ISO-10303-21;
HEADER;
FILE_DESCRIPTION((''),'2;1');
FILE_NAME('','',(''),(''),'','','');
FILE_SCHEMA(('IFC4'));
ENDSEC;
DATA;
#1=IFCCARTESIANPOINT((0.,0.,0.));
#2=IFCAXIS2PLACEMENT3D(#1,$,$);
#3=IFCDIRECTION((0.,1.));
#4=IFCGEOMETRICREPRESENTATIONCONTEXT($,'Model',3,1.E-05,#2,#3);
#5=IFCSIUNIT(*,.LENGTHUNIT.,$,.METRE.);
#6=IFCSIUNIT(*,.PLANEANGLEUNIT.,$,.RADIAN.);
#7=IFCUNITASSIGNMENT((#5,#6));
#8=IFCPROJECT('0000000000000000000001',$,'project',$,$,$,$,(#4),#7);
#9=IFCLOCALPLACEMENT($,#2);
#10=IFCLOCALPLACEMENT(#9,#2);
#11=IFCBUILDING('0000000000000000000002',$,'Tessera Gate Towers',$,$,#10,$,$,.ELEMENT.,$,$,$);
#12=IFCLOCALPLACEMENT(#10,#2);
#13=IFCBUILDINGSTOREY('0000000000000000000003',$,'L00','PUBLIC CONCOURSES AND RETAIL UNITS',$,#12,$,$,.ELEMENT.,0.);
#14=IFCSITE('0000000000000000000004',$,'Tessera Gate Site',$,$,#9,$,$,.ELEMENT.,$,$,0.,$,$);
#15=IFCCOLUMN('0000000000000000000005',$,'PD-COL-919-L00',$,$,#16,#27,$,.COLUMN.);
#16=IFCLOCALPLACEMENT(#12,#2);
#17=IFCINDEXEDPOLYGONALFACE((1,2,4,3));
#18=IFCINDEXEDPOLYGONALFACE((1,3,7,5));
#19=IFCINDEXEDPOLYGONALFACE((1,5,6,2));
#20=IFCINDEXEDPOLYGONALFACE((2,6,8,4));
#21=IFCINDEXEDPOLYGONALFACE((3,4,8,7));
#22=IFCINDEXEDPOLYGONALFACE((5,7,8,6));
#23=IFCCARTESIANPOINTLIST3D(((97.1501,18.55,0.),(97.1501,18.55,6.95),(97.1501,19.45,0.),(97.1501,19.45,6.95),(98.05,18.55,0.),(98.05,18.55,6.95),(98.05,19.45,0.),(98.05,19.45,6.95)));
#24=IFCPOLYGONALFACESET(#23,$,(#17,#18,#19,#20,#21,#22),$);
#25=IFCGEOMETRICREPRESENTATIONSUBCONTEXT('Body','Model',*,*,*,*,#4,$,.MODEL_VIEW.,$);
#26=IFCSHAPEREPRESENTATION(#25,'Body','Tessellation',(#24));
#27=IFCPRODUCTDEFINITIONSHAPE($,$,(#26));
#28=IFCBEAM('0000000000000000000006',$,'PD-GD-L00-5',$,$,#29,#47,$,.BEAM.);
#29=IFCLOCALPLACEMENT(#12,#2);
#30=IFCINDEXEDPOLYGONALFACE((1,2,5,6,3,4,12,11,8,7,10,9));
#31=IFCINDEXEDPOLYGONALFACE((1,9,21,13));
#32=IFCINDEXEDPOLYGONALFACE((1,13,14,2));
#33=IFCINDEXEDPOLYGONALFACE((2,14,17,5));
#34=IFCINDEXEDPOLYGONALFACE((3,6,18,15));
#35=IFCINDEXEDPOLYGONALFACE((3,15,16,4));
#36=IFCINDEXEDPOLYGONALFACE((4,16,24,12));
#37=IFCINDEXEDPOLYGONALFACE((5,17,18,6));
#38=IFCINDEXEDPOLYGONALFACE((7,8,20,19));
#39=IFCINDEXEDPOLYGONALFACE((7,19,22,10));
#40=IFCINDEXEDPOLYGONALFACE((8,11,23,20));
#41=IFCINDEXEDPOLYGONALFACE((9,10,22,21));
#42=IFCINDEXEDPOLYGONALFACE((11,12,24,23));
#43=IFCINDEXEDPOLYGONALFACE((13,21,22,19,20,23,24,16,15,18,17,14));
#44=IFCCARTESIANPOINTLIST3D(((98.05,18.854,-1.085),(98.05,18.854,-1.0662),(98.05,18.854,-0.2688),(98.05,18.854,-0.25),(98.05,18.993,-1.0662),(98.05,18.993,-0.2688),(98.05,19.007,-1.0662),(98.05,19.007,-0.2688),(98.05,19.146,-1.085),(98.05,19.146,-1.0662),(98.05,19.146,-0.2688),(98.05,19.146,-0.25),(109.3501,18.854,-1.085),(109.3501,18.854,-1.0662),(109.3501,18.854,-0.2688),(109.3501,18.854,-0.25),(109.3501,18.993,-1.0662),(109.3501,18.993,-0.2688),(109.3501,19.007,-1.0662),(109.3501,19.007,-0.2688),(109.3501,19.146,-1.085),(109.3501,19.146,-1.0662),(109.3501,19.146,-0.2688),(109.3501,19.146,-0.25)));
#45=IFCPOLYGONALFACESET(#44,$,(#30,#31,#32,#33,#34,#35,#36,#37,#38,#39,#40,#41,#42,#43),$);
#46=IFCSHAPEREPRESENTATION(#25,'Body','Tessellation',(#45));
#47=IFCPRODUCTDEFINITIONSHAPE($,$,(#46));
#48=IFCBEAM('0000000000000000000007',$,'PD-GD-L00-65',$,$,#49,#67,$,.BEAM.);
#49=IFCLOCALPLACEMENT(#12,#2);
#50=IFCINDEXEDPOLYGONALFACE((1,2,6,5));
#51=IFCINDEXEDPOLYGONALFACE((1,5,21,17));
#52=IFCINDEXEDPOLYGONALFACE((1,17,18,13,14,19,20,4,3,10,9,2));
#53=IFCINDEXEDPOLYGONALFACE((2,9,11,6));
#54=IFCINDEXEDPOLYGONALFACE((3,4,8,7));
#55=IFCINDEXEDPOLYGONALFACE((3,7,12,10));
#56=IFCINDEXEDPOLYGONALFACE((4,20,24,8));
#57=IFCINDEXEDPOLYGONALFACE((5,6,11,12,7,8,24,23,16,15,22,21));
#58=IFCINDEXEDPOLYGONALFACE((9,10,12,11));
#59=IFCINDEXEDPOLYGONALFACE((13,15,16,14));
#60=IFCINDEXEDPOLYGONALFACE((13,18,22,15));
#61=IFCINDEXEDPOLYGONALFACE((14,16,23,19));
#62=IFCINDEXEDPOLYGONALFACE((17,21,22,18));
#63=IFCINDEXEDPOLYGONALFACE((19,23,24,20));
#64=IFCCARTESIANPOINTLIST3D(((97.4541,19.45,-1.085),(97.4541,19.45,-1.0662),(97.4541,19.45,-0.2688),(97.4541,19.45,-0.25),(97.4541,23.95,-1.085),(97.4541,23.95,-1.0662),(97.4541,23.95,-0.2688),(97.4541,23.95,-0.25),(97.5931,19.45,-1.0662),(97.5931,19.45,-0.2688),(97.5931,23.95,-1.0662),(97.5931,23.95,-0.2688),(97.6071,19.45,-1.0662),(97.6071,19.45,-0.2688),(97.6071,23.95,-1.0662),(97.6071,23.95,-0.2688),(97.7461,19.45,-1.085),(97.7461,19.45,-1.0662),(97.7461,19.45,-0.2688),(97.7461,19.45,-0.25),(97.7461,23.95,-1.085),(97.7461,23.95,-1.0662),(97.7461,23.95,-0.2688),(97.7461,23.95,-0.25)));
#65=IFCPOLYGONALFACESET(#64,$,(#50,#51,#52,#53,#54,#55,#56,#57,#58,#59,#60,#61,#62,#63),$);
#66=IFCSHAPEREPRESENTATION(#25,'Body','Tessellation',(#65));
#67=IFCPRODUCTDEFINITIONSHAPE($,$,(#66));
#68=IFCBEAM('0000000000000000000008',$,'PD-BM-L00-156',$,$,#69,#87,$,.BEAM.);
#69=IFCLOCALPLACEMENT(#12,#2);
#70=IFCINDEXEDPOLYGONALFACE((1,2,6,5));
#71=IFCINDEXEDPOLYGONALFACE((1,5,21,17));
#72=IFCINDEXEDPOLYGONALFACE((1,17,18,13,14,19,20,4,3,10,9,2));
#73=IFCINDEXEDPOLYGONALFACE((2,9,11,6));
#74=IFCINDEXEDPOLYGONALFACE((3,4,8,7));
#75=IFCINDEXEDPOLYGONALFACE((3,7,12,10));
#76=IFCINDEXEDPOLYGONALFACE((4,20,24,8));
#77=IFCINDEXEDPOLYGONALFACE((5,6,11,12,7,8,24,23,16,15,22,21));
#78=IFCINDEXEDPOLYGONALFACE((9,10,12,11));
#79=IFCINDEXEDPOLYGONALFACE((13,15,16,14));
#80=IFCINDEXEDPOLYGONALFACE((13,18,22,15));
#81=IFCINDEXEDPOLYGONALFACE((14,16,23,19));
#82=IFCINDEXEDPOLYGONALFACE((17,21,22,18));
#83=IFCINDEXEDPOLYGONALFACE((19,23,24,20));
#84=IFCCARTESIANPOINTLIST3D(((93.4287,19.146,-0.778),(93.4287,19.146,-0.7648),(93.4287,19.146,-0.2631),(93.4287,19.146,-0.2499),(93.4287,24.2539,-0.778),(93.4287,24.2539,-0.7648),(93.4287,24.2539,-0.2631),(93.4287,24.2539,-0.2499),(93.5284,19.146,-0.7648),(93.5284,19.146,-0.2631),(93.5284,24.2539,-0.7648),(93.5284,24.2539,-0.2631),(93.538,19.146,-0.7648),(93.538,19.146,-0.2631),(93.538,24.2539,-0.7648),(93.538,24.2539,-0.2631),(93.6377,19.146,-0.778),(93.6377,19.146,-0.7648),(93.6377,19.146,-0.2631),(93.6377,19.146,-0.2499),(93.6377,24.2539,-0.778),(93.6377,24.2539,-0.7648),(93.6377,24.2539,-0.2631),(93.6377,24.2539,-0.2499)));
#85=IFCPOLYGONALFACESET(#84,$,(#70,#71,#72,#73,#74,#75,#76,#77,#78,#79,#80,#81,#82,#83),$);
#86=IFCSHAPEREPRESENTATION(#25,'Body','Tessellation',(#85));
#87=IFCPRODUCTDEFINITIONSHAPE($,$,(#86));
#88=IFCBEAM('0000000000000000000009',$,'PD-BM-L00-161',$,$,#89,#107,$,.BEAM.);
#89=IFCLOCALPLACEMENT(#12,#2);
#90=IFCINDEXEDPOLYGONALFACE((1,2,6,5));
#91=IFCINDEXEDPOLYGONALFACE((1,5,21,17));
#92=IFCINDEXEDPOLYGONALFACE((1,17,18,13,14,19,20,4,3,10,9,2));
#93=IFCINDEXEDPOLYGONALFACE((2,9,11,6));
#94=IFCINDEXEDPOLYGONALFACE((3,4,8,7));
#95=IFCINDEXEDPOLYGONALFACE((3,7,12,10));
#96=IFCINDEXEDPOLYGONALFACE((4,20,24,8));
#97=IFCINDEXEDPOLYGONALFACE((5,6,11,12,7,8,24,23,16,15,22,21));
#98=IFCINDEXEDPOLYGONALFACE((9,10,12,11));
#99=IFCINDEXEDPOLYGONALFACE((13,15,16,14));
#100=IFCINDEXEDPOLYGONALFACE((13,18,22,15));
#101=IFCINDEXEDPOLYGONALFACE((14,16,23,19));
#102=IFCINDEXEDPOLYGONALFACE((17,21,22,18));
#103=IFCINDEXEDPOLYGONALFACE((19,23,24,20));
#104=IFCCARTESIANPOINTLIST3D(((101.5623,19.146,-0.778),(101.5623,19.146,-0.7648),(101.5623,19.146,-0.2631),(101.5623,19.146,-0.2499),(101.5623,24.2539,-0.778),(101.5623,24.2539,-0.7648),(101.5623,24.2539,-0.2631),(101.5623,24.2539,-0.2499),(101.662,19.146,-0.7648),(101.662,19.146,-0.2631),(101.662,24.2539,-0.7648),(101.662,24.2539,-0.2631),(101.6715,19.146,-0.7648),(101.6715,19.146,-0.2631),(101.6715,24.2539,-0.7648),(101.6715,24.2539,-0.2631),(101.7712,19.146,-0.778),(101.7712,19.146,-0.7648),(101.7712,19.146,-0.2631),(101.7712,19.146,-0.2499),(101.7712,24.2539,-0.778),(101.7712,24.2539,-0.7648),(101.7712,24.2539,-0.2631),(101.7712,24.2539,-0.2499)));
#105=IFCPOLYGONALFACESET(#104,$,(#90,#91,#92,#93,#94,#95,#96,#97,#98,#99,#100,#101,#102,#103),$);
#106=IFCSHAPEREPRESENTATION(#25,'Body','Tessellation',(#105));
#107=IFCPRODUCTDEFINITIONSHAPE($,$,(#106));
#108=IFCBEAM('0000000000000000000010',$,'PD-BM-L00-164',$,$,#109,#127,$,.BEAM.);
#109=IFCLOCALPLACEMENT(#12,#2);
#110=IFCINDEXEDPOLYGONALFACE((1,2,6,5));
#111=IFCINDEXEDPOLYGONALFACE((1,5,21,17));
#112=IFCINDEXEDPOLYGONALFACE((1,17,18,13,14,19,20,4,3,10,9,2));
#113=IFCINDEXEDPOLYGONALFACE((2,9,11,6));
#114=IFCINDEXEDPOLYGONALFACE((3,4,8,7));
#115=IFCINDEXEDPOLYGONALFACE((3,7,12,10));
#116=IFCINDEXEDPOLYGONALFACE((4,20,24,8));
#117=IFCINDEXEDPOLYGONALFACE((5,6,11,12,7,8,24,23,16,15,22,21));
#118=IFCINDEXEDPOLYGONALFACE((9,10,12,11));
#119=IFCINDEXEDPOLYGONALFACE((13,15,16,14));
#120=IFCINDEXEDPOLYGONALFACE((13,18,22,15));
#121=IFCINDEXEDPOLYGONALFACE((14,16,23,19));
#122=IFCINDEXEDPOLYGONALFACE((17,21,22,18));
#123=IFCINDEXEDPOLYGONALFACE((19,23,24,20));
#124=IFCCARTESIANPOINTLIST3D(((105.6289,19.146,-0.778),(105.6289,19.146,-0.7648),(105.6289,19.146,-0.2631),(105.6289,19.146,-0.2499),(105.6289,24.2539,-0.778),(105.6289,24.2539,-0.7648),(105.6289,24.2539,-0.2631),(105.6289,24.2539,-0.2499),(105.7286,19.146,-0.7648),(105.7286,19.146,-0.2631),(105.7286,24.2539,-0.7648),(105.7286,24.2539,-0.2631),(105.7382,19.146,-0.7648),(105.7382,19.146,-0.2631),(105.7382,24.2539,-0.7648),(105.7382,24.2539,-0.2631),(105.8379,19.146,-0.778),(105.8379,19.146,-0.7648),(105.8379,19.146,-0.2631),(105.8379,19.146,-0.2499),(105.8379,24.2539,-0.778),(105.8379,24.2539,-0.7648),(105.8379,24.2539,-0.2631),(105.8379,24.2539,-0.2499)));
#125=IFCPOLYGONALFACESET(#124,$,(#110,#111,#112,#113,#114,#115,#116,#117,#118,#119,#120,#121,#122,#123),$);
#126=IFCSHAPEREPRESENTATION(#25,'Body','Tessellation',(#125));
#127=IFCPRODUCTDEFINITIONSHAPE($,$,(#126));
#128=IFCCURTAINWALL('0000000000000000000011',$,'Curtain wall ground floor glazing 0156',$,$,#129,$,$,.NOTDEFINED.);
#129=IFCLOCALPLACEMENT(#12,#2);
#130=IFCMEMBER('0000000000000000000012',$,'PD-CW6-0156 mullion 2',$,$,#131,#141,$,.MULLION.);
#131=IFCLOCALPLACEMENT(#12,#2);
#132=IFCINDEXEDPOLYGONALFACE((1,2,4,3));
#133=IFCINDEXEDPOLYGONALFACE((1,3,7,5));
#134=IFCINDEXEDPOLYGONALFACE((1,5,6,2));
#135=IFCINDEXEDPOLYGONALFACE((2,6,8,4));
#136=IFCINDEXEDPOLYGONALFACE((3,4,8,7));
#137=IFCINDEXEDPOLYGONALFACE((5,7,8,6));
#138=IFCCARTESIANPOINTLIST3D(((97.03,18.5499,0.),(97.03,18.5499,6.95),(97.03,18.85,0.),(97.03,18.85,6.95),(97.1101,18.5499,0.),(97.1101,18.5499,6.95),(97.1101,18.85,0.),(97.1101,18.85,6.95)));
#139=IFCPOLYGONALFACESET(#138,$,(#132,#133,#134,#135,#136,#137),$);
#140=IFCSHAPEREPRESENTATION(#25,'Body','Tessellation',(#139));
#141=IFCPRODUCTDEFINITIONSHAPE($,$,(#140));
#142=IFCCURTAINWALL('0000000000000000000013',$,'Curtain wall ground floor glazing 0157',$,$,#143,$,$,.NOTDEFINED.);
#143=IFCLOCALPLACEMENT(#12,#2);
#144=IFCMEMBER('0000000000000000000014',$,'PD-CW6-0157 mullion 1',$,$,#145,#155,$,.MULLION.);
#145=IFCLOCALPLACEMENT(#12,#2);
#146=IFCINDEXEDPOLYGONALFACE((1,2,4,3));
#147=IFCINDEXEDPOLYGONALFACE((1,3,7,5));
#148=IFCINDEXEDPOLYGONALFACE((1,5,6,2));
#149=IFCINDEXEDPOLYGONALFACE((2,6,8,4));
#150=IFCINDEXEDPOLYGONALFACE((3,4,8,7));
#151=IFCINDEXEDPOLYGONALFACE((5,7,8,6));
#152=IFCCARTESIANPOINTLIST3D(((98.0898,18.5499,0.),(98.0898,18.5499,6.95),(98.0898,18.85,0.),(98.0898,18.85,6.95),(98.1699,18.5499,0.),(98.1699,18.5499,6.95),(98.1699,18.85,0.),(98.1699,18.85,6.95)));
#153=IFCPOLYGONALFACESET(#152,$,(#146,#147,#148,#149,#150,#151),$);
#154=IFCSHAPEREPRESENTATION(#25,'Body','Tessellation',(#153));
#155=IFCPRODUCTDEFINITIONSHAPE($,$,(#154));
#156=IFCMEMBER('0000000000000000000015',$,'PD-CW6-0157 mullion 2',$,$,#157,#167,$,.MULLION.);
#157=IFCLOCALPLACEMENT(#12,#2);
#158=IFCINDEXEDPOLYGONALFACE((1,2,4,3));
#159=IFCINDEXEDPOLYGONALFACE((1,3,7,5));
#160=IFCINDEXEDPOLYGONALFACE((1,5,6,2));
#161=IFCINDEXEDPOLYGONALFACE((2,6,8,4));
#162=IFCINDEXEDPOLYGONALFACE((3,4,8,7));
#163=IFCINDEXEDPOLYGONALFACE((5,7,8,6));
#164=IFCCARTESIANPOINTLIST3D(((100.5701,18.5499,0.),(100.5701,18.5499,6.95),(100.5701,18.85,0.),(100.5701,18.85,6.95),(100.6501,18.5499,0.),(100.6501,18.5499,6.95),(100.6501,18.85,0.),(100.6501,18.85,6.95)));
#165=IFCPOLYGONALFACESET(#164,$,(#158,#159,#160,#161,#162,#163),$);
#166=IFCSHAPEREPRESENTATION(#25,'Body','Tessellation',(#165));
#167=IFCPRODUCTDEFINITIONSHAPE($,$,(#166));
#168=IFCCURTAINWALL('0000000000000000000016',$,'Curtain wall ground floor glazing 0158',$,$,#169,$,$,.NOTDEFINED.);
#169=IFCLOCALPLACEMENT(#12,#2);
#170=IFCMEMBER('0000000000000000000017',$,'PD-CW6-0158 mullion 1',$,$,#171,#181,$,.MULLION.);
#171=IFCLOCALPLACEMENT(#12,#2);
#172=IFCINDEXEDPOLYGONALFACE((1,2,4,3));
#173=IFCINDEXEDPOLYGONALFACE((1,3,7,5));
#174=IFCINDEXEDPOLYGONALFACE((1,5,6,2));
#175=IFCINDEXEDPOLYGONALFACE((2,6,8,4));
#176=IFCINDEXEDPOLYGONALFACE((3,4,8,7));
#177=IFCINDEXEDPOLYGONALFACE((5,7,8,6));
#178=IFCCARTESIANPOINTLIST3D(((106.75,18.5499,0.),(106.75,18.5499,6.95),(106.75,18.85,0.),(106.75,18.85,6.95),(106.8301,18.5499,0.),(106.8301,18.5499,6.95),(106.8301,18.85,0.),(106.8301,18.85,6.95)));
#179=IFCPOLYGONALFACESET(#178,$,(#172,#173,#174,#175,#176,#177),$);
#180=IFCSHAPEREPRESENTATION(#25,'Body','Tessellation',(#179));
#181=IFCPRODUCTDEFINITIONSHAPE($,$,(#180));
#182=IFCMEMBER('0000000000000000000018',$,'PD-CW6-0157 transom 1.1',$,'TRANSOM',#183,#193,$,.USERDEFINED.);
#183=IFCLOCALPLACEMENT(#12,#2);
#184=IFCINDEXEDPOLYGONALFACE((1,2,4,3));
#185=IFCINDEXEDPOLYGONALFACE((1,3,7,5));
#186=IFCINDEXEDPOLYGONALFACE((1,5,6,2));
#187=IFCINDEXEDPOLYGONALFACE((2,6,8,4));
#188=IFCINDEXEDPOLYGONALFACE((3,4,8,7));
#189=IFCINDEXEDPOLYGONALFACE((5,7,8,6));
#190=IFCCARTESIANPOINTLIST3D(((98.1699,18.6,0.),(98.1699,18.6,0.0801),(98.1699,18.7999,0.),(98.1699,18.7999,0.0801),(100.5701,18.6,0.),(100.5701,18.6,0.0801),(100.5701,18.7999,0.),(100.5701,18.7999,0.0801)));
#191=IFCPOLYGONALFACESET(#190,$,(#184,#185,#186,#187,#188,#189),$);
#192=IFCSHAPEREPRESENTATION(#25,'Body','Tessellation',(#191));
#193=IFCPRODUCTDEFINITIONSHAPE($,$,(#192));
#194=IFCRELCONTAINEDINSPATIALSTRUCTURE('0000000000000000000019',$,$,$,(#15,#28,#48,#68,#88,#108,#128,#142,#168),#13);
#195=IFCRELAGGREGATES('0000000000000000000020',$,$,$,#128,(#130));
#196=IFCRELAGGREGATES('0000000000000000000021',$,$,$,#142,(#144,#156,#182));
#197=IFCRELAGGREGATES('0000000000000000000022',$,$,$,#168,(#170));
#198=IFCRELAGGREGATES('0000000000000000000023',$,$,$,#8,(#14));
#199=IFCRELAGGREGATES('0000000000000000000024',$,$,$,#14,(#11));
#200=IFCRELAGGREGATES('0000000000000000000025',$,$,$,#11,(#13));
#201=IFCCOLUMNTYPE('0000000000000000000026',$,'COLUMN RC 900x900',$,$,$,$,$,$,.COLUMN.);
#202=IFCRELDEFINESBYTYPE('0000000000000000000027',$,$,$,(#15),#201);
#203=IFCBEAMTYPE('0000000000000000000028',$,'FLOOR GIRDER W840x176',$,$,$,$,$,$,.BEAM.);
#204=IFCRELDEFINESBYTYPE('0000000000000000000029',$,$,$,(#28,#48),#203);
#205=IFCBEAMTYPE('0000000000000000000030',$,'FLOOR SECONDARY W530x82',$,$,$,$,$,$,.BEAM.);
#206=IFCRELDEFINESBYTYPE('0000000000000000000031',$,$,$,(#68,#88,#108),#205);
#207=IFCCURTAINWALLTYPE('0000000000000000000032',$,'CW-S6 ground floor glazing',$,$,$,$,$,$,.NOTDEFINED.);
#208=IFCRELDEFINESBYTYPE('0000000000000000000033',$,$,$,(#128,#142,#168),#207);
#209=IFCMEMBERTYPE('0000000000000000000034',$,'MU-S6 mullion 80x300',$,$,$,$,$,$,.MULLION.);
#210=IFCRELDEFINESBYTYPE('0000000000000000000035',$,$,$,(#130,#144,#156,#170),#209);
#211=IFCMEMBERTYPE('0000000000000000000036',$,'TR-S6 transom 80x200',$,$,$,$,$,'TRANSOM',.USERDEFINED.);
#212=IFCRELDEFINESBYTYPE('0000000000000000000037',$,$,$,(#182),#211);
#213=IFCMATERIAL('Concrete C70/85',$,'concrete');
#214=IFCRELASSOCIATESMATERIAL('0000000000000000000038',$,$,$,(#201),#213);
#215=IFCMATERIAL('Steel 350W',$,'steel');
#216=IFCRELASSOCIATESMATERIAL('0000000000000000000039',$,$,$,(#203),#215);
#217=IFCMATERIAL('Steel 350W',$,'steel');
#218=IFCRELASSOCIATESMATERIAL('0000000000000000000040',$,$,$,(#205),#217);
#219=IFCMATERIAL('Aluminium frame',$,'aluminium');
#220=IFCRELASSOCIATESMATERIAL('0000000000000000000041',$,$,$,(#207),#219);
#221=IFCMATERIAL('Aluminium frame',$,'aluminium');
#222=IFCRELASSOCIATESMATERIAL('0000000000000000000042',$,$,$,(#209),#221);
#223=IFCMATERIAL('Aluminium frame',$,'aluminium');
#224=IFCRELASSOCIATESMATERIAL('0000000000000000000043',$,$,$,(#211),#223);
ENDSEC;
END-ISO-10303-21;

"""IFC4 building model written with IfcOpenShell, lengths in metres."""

from ifc_helpers import new_model, si_unit, direction, frame, origin, origin_2d, place, context, subcontext, project, spatial, rectangle, i_section, extrude, material, material_profile, profile_set, type_object, element, aggregate, save


model = new_model("IFC4")

# Units and contexts
model_context = context("Model", 3, precision=1e-05, world=origin(), true_north=direction((0.0, 1.0)))
body_context = subcontext(model_context, "Body", "Model", "MODEL_VIEW")
ifc_project = project(units=[si_unit("LENGTHUNIT", "METRE"), si_unit("PLANEANGLEUNIT", "RADIAN")], contexts=[model_context])

# Site, building, storey
site_placement = place(None, origin())
site = spatial("IfcSite", under=ifc_project, at=site_placement, Name="Tessera Gate Site", CompositionType="ELEMENT", RefElevation=0.0)
building_placement = place(site_placement, origin())
building = spatial("IfcBuilding", under=site, at=building_placement, Name="Tessera Gate Towers", CompositionType="ELEMENT")
storey_placement = place(building_placement, origin())
storey = spatial("IfcBuildingStorey", under=building, at=storey_placement, Name="L00", Description="PUBLIC CONCOURSES AND RETAIL UNITS", CompositionType="ELEMENT", Elevation=0.0)

# Column
ifc_material_1 = material(Name="Concrete C70/85", Category="concrete")
ifc_material_profile_1 = material_profile(ifc_material_1, rectangle(XDim=0.8999, YDim=0.8999, at=origin_2d()), Name="RC 900x900")
ifc_profile_set_1 = profile_set([ifc_material_profile_1], Name="Concrete C70/85")
column_type = type_object("IfcColumnType", Name="COLUMN RC 900x900", PredefinedType="COLUMN", material=ifc_profile_set_1)
column_placement = place(storey_placement, frame((97.6001, 19.0, 0.0), z_axis=(0.0, 0.0, 1.0), x_axis=(1.0, 0.0, 0.0)))
element("IfcColumn", 1, at=column_placement, inside=storey, type_object=column_type, Name="PD-COL-919-L00", PredefinedType="COLUMN", context=body_context, shape_type="SweptSolid", body=[
    extrude(rectangle(XDim=0.8999, YDim=0.8999, at=origin_2d()), origin(), (0.0, 0.0, 1.0), 6.95),
])

# Beams
ifc_material_2 = material(Name="Steel 350W", Category="steel")
ifc_material_profile_2 = material_profile(ifc_material_2, i_section(OverallWidth=0.292, OverallDepth=0.835, WebThickness=0.0139, FlangeThickness=0.0188, at=origin_2d()), Name="W840x176")
ifc_profile_set_2 = profile_set([ifc_material_profile_2], Name="Steel 350W")
beam_type_1 = type_object("IfcBeamType", Name="FLOOR GIRDER W840x176", PredefinedType="BEAM", material=ifc_profile_set_2)
beam_1_placement = place(storey_placement, frame((98.05, 19.0, -0.6675), z_axis=(1.0, 0.0, 0.0), x_axis=(0.0, 1.0, 0.0)))
element("IfcBeam", 2, at=beam_1_placement, inside=storey, type_object=beam_type_1, Name="PD-GD-L00-5", PredefinedType="BEAM", context=body_context, shape_type="SweptSolid", body=[
    extrude(i_section(OverallWidth=0.292, OverallDepth=0.835, WebThickness=0.0139, FlangeThickness=0.0188, at=origin_2d()), origin(), (0.0, 0.0, 1.0), 11.3),
])
beam_2_placement = place(storey_placement, frame((97.6001, 19.45, -0.6675), z_axis=(0.0, 1.0, 0.0), x_axis=(-1.0, 0.0, 0.0)))
element("IfcBeam", 3, at=beam_2_placement, inside=storey, type_object=beam_type_1, Name="PD-GD-L00-65", PredefinedType="BEAM", context=body_context, shape_type="SweptSolid", body=[
    extrude(i_section(OverallWidth=0.292, OverallDepth=0.835, WebThickness=0.0139, FlangeThickness=0.0188, at=origin_2d()), origin(), (0.0, 0.0, 1.0), 4.5),
])
ifc_material_3 = material(Name="Steel 350W", Category="steel")
ifc_material_profile_3 = material_profile(ifc_material_3, i_section(OverallWidth=0.209, OverallDepth=0.5281, WebThickness=0.0095, FlangeThickness=0.0132, at=origin_2d()), Name="W530x82")
ifc_profile_set_3 = profile_set([ifc_material_profile_3], Name="Steel 350W")
beam_type_2 = type_object("IfcBeamType", Name="FLOOR SECONDARY W530x82", PredefinedType="BEAM", material=ifc_profile_set_3)
for number, where, z_axis, x_axis, name in (
    (4, (93.5332, 19.146, -0.5139), (0.0, 1.0, 0.0), (-1.0, 0.0, 0.0), "PD-BM-L00-156"),
    (5, (101.6667, 19.146, -0.5139), (0.0, 1.0, 0.0), (-1.0, 0.0, 0.0), "PD-BM-L00-161"),
    (6, (105.7334, 19.146, -0.5139), (0.0, 1.0, 0.0), (-1.0, 0.0, 0.0), "PD-BM-L00-164"),
):
    element("IfcBeam", number, at=place(storey_placement, frame(where, z_axis=z_axis, x_axis=x_axis)), inside=storey, type_object=beam_type_2, Name=name, PredefinedType="BEAM", context=body_context, shape_type="SweptSolid", body=[
        extrude(i_section(OverallWidth=0.209, OverallDepth=0.5281, WebThickness=0.0095, FlangeThickness=0.0132, at=origin_2d()), origin(), (0.0, 0.0, 1.0), 5.1079),
    ])

# Curtain wall, member
ifc_material_4 = material(Name="Aluminium frame", Category="aluminium")
curtain_wall_type = type_object("IfcCurtainWallType", Name="CW-S6 ground floor glazing", PredefinedType="NOTDEFINED", material=ifc_material_4)
curtain_wall_1_placement = place(storey_placement, origin())
curtain_wall_1 = element("IfcCurtainWall", 7, at=curtain_wall_1_placement, inside=storey, type_object=curtain_wall_type, Name="Curtain wall ground floor glazing 0156", PredefinedType="NOTDEFINED")
ifc_material_5 = material(Name="Aluminium frame", Category="aluminium")
ifc_material_profile_4 = material_profile(ifc_material_5, rectangle(XDim=0.0801, YDim=0.3, at=origin_2d()), Name="AL 80x300")
ifc_profile_set_4 = profile_set([ifc_material_profile_4], Name="Aluminium frame")
member_type_1 = type_object("IfcMemberType", Name="MU-S6 mullion 80x300", PredefinedType="MULLION", material=ifc_profile_set_4)
member_1_placement = place(storey_placement, frame((97.0701, 18.7, 0.0), z_axis=(0.0, 0.0, 1.0), x_axis=(1.0, 0.0, 0.0)))
member_1 = element("IfcMember", 8, at=member_1_placement, type_object=member_type_1, Name="PD-CW6-0156 mullion 2", PredefinedType="MULLION", context=body_context, shape_type="SweptSolid", body=[
    extrude(rectangle(XDim=0.0801, YDim=0.3, at=origin_2d()), origin(), (0.0, 0.0, 1.0), 6.95),
])

# Curtain wall, members
curtain_wall_2_placement = place(storey_placement, origin())
curtain_wall_2 = element("IfcCurtainWall", 9, at=curtain_wall_2_placement, inside=storey, type_object=curtain_wall_type, Name="Curtain wall ground floor glazing 0157", PredefinedType="NOTDEFINED")
member_2_placement = place(storey_placement, frame((98.1299, 18.7, 0.0), z_axis=(0.0, 0.0, 1.0), x_axis=(1.0, 0.0, 0.0)))
member_2 = element("IfcMember", 10, at=member_2_placement, type_object=member_type_1, Name="PD-CW6-0157 mullion 1", PredefinedType="MULLION", context=body_context, shape_type="SweptSolid", body=[
    extrude(rectangle(XDim=0.0801, YDim=0.3, at=origin_2d()), origin(), (0.0, 0.0, 1.0), 6.95),
])
member_3_placement = place(storey_placement, frame((100.6101, 18.7, 0.0), z_axis=(0.0, 0.0, 1.0), x_axis=(1.0, 0.0, 0.0)))
member_3 = element("IfcMember", 11, at=member_3_placement, type_object=member_type_1, Name="PD-CW6-0157 mullion 2", PredefinedType="MULLION", context=body_context, shape_type="SweptSolid", body=[
    extrude(rectangle(XDim=0.0801, YDim=0.3, at=origin_2d()), origin(), (0.0, 0.0, 1.0), 6.95),
])

# Curtain wall, member
curtain_wall_3_placement = place(storey_placement, origin())
curtain_wall_3 = element("IfcCurtainWall", 12, at=curtain_wall_3_placement, inside=storey, type_object=curtain_wall_type, Name="Curtain wall ground floor glazing 0158", PredefinedType="NOTDEFINED")
member_4_placement = place(storey_placement, frame((106.79, 18.7, 0.0), z_axis=(0.0, 0.0, 1.0), x_axis=(1.0, 0.0, 0.0)))
member_4 = element("IfcMember", 13, at=member_4_placement, type_object=member_type_1, Name="PD-CW6-0158 mullion 1", PredefinedType="MULLION", context=body_context, shape_type="SweptSolid", body=[
    extrude(rectangle(XDim=0.0801, YDim=0.3, at=origin_2d()), origin(), (0.0, 0.0, 1.0), 6.95),
])

# Member
ifc_material_6 = material(Name="Aluminium frame", Category="aluminium")
ifc_material_profile_5 = material_profile(ifc_material_6, rectangle(XDim=0.2, YDim=0.0801, at=origin_2d()), Name="AL 80x200")
ifc_profile_set_5 = profile_set([ifc_material_profile_5], Name="Aluminium frame")
member_type_2 = type_object("IfcMemberType", Name="TR-S6 transom 80x200", ElementType="TRANSOM", PredefinedType="USERDEFINED", material=ifc_profile_set_5)
member_5_placement = place(storey_placement, frame((98.1699, 18.7, 0.04), z_axis=(1.0, 0.0, 0.0), x_axis=(0.0, 1.0, 0.0)))
member_5 = element("IfcMember", 14, at=member_5_placement, type_object=member_type_2, Name="PD-CW6-0157 transom 1.1", ObjectType="TRANSOM", PredefinedType="USERDEFINED", context=body_context, shape_type="SweptSolid", body=[
    extrude(rectangle(XDim=0.2, YDim=0.0801, at=origin_2d()), origin(), (0.0, 0.0, 1.0), 2.4001),
])

aggregate(curtain_wall_1, [member_1])
aggregate(curtain_wall_2, [member_2, member_3, member_5])
aggregate(curtain_wall_3, [member_4])

save(model, "model.ifc")
